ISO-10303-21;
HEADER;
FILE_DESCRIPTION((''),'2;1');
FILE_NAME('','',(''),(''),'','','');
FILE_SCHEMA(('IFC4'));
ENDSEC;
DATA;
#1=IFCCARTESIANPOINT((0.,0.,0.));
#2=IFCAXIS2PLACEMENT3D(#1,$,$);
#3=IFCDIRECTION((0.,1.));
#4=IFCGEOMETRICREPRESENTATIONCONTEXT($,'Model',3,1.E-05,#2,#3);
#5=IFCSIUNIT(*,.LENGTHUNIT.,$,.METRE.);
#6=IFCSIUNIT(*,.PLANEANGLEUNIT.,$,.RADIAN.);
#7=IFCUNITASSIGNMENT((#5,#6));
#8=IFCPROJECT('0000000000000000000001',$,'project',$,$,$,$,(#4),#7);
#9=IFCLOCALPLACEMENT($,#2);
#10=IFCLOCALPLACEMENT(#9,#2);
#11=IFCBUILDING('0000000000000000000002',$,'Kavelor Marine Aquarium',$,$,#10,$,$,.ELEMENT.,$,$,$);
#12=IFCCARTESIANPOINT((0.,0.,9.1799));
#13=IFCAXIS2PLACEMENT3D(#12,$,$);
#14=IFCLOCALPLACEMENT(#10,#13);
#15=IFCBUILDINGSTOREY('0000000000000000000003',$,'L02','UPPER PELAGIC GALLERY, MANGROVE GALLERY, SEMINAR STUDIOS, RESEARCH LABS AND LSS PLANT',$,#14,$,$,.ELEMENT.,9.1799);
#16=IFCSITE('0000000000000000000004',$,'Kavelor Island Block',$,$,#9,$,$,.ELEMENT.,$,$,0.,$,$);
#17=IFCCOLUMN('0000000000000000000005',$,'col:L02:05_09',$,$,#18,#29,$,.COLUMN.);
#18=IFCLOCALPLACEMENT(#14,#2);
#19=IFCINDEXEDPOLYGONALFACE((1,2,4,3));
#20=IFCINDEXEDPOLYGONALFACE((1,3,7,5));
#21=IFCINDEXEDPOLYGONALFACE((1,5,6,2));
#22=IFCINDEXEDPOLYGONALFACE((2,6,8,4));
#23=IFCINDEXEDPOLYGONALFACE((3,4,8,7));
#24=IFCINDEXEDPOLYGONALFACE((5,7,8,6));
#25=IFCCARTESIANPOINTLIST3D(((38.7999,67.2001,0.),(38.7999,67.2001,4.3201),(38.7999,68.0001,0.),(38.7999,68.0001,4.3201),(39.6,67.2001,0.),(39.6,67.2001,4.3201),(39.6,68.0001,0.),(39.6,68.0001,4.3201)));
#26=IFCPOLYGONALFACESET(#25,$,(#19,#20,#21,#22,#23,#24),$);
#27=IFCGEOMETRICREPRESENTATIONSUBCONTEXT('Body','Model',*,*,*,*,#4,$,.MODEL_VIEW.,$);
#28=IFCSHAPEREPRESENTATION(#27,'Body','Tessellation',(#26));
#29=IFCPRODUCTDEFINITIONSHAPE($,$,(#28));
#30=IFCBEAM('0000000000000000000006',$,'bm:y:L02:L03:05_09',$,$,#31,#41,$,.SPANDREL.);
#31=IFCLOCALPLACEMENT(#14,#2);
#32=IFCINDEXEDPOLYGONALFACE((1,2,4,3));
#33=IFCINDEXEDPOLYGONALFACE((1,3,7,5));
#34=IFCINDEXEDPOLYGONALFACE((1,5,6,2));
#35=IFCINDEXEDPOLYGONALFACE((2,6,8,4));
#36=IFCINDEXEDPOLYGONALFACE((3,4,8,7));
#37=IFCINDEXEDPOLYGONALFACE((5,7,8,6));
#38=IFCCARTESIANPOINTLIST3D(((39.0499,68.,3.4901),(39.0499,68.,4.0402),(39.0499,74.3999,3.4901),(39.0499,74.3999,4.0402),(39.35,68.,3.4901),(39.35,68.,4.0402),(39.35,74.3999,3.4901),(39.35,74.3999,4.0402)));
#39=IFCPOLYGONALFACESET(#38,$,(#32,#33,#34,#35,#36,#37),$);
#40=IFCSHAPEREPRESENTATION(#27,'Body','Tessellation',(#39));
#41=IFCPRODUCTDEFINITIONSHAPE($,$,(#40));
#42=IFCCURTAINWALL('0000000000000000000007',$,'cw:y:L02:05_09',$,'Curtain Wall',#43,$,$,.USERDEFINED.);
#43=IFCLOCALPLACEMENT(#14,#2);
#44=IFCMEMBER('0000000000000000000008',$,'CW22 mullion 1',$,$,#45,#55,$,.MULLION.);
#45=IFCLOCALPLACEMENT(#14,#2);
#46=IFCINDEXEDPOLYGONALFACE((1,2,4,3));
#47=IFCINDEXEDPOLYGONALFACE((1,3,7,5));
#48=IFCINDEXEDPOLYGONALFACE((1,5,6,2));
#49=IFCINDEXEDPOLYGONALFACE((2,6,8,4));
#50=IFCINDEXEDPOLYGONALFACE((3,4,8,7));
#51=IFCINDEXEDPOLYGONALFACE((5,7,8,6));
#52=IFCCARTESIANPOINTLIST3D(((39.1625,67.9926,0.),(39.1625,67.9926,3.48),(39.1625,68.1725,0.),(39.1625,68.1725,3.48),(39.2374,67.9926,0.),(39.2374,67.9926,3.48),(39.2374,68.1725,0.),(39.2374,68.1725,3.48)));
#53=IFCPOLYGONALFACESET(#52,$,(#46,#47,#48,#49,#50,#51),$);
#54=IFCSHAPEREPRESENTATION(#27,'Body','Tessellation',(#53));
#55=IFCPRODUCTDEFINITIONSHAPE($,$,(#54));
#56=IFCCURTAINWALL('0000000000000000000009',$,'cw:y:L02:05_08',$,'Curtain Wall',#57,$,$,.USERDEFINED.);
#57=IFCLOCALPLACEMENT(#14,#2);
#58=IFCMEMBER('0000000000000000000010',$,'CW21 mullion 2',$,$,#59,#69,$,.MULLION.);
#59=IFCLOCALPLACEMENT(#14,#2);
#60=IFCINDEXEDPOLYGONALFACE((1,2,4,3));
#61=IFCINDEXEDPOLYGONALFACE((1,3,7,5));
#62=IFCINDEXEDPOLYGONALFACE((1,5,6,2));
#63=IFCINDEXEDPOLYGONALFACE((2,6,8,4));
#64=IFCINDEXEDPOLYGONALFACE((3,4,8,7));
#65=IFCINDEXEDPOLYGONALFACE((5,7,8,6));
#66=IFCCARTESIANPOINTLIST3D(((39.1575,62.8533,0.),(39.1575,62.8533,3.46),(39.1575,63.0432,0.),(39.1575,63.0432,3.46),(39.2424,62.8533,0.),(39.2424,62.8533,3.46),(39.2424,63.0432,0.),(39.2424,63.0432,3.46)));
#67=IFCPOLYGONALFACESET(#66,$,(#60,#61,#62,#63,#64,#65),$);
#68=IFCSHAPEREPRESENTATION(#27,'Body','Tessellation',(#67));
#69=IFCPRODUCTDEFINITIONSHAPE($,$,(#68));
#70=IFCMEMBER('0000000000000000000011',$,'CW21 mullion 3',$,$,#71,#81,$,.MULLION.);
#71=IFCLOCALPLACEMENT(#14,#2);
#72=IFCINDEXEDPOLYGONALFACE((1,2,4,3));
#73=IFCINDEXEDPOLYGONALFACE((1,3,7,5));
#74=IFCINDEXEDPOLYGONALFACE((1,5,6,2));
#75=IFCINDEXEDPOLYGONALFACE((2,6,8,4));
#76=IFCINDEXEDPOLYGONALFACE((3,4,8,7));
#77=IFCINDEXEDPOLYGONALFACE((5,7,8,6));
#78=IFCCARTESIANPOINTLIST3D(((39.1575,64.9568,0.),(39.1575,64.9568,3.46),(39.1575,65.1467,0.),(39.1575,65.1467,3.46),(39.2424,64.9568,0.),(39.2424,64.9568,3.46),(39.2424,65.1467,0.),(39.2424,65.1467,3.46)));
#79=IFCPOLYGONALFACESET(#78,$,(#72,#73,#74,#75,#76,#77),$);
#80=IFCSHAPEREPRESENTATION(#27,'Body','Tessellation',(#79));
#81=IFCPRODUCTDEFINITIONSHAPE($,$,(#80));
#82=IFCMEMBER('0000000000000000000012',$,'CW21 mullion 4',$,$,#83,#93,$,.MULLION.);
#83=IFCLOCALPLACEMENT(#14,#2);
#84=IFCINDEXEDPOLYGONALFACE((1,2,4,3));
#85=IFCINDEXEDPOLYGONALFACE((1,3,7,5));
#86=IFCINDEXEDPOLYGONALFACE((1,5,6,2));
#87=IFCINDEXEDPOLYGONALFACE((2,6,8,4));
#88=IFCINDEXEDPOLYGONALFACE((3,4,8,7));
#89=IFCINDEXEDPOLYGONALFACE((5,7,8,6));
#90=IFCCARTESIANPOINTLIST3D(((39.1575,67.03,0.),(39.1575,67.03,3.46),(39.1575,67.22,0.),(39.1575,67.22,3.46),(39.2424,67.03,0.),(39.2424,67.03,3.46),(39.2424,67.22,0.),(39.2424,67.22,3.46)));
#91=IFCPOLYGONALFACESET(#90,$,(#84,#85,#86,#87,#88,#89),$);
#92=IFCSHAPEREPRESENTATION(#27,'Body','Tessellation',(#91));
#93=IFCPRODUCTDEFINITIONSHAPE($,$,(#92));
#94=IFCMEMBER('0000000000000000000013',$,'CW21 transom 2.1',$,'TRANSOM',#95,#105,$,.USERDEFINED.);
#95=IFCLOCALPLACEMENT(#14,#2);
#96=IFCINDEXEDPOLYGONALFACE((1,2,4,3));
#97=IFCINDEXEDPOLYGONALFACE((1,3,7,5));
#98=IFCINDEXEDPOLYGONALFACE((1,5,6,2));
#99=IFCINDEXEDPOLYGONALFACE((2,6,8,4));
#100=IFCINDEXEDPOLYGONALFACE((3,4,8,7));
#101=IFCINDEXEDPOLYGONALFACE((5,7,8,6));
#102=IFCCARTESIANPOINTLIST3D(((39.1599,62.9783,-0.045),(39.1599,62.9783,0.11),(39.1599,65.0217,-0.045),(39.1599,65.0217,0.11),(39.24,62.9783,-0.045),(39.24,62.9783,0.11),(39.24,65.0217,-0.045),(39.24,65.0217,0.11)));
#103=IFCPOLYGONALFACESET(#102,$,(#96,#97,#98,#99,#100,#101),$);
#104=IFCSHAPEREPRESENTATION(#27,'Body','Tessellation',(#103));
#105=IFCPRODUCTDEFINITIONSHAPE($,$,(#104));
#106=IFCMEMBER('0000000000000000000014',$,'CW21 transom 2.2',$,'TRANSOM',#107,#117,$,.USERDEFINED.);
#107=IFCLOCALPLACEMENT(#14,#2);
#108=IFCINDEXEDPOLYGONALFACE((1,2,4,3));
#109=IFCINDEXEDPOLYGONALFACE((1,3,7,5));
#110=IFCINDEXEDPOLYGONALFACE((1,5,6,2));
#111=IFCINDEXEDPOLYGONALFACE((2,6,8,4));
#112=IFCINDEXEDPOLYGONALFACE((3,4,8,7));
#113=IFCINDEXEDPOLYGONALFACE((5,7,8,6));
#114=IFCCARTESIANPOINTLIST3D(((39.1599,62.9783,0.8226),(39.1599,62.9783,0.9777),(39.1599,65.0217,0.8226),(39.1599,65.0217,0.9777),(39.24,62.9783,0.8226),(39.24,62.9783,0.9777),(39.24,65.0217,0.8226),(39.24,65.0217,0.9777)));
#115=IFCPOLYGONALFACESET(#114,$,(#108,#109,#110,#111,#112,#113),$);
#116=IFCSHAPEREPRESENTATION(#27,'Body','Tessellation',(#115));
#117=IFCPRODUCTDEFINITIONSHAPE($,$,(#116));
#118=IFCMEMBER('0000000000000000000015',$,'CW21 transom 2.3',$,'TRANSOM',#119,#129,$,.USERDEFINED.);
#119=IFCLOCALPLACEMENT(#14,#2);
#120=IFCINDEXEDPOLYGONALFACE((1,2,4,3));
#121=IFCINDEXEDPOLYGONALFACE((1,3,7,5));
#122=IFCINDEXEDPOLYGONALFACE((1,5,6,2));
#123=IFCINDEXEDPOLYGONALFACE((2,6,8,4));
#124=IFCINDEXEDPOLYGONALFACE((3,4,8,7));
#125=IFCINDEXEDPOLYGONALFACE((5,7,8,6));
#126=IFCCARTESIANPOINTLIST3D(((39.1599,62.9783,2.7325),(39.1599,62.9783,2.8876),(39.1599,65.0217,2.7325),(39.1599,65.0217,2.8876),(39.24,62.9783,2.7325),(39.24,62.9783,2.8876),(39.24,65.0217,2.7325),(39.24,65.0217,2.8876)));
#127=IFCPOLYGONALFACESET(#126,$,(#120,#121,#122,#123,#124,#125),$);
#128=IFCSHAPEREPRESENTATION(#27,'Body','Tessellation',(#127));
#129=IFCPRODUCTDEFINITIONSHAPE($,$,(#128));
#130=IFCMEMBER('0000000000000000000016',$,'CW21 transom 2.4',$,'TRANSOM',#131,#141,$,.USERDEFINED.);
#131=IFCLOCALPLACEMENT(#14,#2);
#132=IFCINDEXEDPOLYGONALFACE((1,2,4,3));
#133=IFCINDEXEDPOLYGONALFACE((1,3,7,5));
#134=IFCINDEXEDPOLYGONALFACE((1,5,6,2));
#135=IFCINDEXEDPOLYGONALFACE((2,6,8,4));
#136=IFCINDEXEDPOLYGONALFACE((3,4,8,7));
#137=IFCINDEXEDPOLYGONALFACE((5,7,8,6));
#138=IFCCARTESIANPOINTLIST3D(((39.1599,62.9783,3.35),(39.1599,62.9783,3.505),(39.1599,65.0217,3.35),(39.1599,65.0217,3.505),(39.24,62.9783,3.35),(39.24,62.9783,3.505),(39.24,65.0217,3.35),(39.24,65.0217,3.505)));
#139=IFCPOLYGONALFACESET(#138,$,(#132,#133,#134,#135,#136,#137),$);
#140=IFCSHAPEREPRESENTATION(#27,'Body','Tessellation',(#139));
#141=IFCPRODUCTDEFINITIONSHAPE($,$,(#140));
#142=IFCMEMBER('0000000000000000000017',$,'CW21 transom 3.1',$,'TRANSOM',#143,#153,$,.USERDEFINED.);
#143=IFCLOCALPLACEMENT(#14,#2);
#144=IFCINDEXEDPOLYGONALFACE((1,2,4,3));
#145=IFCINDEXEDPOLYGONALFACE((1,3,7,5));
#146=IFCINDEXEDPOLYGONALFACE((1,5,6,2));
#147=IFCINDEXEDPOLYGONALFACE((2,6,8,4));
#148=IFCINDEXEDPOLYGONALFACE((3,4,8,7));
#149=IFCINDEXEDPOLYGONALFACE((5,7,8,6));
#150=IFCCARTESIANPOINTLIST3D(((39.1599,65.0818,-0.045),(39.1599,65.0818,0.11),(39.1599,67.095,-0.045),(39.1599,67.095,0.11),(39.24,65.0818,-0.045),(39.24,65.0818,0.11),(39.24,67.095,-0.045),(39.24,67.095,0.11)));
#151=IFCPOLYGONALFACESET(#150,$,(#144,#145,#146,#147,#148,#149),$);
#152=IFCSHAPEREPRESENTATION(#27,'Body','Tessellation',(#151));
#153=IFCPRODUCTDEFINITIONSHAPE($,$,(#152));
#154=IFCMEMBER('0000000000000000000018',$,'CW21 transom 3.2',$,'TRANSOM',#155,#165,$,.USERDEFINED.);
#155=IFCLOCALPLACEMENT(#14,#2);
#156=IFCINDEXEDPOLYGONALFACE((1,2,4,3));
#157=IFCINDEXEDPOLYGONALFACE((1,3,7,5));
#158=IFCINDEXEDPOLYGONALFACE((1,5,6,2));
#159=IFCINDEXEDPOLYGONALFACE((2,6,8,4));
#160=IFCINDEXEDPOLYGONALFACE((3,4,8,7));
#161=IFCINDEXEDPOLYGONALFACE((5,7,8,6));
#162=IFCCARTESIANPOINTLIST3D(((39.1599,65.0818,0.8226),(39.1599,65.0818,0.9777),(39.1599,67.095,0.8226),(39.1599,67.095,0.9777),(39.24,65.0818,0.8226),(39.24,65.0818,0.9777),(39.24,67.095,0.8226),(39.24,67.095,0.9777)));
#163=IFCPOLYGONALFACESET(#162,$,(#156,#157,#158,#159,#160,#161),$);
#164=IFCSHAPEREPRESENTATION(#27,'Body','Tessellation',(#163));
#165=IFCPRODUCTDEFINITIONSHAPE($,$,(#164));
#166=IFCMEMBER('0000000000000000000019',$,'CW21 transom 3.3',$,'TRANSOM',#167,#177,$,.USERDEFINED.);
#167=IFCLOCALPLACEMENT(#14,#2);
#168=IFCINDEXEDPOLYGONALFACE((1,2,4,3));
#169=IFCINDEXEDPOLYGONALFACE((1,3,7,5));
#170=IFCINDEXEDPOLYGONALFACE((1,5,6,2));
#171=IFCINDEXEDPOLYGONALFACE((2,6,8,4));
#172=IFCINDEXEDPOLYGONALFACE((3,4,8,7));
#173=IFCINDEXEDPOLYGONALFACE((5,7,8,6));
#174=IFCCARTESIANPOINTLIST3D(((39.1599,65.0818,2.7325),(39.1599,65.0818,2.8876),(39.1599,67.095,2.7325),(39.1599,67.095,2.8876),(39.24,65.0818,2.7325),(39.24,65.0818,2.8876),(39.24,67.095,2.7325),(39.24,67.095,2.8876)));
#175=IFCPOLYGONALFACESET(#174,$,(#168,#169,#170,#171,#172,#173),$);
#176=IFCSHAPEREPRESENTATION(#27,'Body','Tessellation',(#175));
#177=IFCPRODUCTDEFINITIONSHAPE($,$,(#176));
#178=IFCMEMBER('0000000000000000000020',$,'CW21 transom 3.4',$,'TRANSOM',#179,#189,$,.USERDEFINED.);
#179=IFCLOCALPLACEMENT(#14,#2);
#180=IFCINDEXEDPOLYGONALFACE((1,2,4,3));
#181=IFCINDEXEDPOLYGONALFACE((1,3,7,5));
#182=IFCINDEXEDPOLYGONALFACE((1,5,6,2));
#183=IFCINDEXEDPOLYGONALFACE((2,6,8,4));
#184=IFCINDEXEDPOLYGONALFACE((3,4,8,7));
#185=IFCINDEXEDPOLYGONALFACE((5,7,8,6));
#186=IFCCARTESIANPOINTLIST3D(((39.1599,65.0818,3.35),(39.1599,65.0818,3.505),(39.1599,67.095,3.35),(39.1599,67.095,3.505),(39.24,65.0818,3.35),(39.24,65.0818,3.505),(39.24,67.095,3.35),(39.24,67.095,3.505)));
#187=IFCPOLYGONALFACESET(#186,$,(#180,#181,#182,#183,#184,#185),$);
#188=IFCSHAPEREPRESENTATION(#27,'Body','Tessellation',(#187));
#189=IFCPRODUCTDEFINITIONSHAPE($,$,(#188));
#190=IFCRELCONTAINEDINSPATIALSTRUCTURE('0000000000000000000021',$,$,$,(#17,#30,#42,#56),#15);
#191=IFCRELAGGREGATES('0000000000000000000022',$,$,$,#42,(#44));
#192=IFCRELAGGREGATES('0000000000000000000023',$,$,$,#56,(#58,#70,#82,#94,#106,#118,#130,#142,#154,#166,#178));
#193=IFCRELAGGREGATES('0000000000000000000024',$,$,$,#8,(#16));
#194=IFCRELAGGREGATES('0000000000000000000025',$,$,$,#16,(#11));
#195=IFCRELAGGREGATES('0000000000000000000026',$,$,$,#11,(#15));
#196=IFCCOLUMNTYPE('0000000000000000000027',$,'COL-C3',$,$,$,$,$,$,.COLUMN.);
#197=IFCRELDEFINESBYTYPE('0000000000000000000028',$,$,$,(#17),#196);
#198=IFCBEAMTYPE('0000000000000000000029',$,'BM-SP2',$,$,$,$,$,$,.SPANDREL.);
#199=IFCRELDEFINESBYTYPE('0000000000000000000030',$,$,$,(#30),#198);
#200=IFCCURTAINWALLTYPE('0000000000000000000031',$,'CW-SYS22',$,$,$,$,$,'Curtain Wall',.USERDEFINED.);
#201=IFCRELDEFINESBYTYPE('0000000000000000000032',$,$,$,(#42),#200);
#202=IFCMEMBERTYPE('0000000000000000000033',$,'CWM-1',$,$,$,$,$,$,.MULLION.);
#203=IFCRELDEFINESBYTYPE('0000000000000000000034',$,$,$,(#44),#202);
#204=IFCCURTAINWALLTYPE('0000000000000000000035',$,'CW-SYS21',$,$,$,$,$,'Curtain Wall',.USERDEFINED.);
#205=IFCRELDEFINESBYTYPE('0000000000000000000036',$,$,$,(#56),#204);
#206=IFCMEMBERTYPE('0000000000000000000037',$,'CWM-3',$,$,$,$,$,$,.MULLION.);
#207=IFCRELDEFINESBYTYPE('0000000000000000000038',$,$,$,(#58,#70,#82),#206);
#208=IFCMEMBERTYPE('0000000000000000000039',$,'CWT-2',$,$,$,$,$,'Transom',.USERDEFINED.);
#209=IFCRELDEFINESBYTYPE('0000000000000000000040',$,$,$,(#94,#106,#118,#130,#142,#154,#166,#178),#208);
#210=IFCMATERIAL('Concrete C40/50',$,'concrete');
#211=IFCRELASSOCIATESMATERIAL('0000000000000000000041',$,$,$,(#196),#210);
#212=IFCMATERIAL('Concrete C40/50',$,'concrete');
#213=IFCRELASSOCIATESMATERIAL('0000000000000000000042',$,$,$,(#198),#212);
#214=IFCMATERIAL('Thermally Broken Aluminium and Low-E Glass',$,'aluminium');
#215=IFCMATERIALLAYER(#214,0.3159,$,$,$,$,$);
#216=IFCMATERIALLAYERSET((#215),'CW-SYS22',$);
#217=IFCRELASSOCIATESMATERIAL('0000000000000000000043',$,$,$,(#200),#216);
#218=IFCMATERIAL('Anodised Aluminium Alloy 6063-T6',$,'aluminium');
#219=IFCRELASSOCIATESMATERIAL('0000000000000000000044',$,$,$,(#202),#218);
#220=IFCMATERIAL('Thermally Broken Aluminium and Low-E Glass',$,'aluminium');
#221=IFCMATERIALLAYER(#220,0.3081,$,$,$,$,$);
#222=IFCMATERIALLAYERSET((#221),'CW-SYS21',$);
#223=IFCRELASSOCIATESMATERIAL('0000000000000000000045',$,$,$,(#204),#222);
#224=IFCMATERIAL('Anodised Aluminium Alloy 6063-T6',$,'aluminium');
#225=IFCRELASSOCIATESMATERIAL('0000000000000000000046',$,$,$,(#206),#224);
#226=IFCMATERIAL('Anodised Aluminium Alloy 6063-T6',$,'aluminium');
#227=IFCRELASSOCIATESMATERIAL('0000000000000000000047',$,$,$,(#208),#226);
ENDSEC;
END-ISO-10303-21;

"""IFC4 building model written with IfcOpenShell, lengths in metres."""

from ifc_helpers import new_model, si_unit, direction, frame, origin, origin_2d, place, context, subcontext, project, spatial, rectangle, extrude, material, layer, layer_set, material_profile, profile_set, type_object, element, aggregate, save


model = new_model("IFC4")

# Units and contexts
model_context = context("Model", 3, precision=1e-05, world=origin(), true_north=direction((0.0, 1.0)))
body_context = subcontext(model_context, "Body", "Model", "MODEL_VIEW")
ifc_project = project(units=[si_unit("LENGTHUNIT", "METRE"), si_unit("PLANEANGLEUNIT", "RADIAN")], contexts=[model_context])

# Site, building, storey
site_placement = place(None, origin())
site = spatial("IfcSite", under=ifc_project, at=site_placement, Name="Kavelor Island Block", CompositionType="ELEMENT", RefElevation=0.0)
building_placement = place(site_placement, origin())
building = spatial("IfcBuilding", under=site, at=building_placement, Name="Kavelor Marine Aquarium", CompositionType="ELEMENT")
storey_placement = place(building_placement, frame((0.0, 0.0, 9.1799)))
storey = spatial("IfcBuildingStorey", under=building, at=storey_placement, Name="L02", Description="UPPER PELAGIC GALLERY, MANGROVE GALLERY, SEMINAR STUDIOS, RESEARCH LABS AND LSS PLANT", CompositionType="ELEMENT", Elevation=9.1799)

# Column
ifc_material_1 = material(Name="Concrete C40/50", Category="concrete")
ifc_material_profile_1 = material_profile(ifc_material_1, rectangle(XDim=0.8, YDim=0.8, at=origin_2d()), Name="RC-COL 800x800")
ifc_profile_set_1 = profile_set([ifc_material_profile_1], Name="Concrete C40/50")
column_type = type_object("IfcColumnType", Name="COL-C3", PredefinedType="COLUMN", material=ifc_profile_set_1)
column_placement = place(storey_placement, frame((39.2, 67.6001, 0.0), z_axis=(0.0, 0.0, 1.0), x_axis=(1.0, 0.0, 0.0)))
element("IfcColumn", 1, at=column_placement, inside=storey, type_object=column_type, Name="col:L02:05_09", PredefinedType="COLUMN", context=body_context, shape_type="SweptSolid", body=[
    extrude(rectangle(XDim=0.8, YDim=0.8, at=origin_2d()), origin(), (0.0, 0.0, 1.0), 4.3201),
])

# Beam
ifc_material_2 = material(Name="Concrete C40/50", Category="concrete")
ifc_material_profile_2 = material_profile(ifc_material_2, rectangle(XDim=0.3, YDim=0.55, at=origin_2d()), Name="RC-SP 300x550")
ifc_profile_set_2 = profile_set([ifc_material_profile_2], Name="Concrete C40/50")
beam_type = type_object("IfcBeamType", Name="BM-SP2", PredefinedType="SPANDREL", material=ifc_profile_set_2)
beam_placement = place(storey_placement, frame((39.2, 68.0, 3.7651), z_axis=(0.0, 1.0, 0.0), x_axis=(-1.0, 0.0, 0.0)))
element("IfcBeam", 2, at=beam_placement, inside=storey, type_object=beam_type, Name="bm:y:L02:L03:05_09", PredefinedType="SPANDREL", context=body_context, shape_type="SweptSolid", body=[
    extrude(rectangle(XDim=0.3, YDim=0.55, at=origin_2d()), origin(), (0.0, 0.0, 1.0), 6.3999),
])

# Curtain wall, member
ifc_material_3 = material(Name="Thermally Broken Aluminium and Low-E Glass", Category="aluminium")
ifc_layer_1 = layer(ifc_material_3, 0.3159)
ifc_layer_set_1 = layer_set([ifc_layer_1], Name="CW-SYS22")
curtain_wall_type_1 = type_object("IfcCurtainWallType", Name="CW-SYS22", ElementType="Curtain Wall", PredefinedType="USERDEFINED", material=ifc_layer_set_1)
curtain_wall_1_placement = place(storey_placement, origin())
curtain_wall_1 = element("IfcCurtainWall", 3, at=curtain_wall_1_placement, inside=storey, type_object=curtain_wall_type_1, Name="cw:y:L02:05_09", ObjectType="Curtain Wall", PredefinedType="USERDEFINED")
ifc_material_4 = material(Name="Anodised Aluminium Alloy 6063-T6", Category="aluminium")
ifc_material_profile_3 = material_profile(ifc_material_4, rectangle(XDim=0.075, YDim=0.1799, at=origin_2d()), Name="CW-MUL 75x180")
ifc_profile_set_3 = profile_set([ifc_material_profile_3], Name="Anodised Aluminium Alloy 6063-T6")
member_type_1 = type_object("IfcMemberType", Name="CWM-1", PredefinedType="MULLION", material=ifc_profile_set_3)
member_1_placement = place(storey_placement, frame((39.2, 68.0825, 0.0), z_axis=(0.0, 0.0, 1.0), x_axis=(-1.0, 0.0, 0.0)))
member_1 = element("IfcMember", 4, at=member_1_placement, type_object=member_type_1, Name="CW22 mullion 1", PredefinedType="MULLION", context=body_context, shape_type="SweptSolid", body=[
    extrude(rectangle(XDim=0.075, YDim=0.1799, at=origin_2d()), origin(), (0.0, 0.0, 1.0), 3.48),
])

# Curtain wall, members
ifc_material_5 = material(Name="Thermally Broken Aluminium and Low-E Glass", Category="aluminium")
ifc_layer_2 = layer(ifc_material_5, 0.3081)
ifc_layer_set_2 = layer_set([ifc_layer_2], Name="CW-SYS21")
curtain_wall_type_2 = type_object("IfcCurtainWallType", Name="CW-SYS21", ElementType="Curtain Wall", PredefinedType="USERDEFINED", material=ifc_layer_set_2)
curtain_wall_2_placement = place(storey_placement, origin())
curtain_wall_2 = element("IfcCurtainWall", 5, at=curtain_wall_2_placement, inside=storey, type_object=curtain_wall_type_2, Name="cw:y:L02:05_08", ObjectType="Curtain Wall", PredefinedType="USERDEFINED")
ifc_material_6 = material(Name="Anodised Aluminium Alloy 6063-T6", Category="aluminium")
ifc_material_profile_4 = material_profile(ifc_material_6, rectangle(XDim=0.085, YDim=0.1899, at=origin_2d()), Name="CW-MUL 85x190")
ifc_profile_set_4 = profile_set([ifc_material_profile_4], Name="Anodised Aluminium Alloy 6063-T6")
member_type_2 = type_object("IfcMemberType", Name="CWM-3", PredefinedType="MULLION", material=ifc_profile_set_4)
member_2_placement = place(storey_placement, frame((39.2, 62.9482, 0.0), z_axis=(0.0, 0.0, 1.0), x_axis=(-1.0, 0.0, 0.0)))
member_2 = element("IfcMember", 6, at=member_2_placement, type_object=member_type_2, Name="CW21 mullion 2", PredefinedType="MULLION", context=body_context, shape_type="SweptSolid", body=[
    extrude(rectangle(XDim=0.085, YDim=0.1899, at=origin_2d()), origin(), (0.0, 0.0, 1.0), 3.46),
])
member_3_placement = place(storey_placement, frame((39.2, 65.0518, 0.0), z_axis=(0.0, 0.0, 1.0), x_axis=(-1.0, 0.0, 0.0)))
member_3 = element("IfcMember", 7, at=member_3_placement, type_object=member_type_2, Name="CW21 mullion 3", PredefinedType="MULLION", context=body_context, shape_type="SweptSolid", body=[
    extrude(rectangle(XDim=0.085, YDim=0.1899, at=origin_2d()), origin(), (0.0, 0.0, 1.0), 3.46),
])
member_4_placement = place(storey_placement, frame((39.2, 67.125, 0.0), z_axis=(0.0, 0.0, 1.0), x_axis=(-1.0, 0.0, 0.0)))
member_4 = element("IfcMember", 8, at=member_4_placement, type_object=member_type_2, Name="CW21 mullion 4", PredefinedType="MULLION", context=body_context, shape_type="SweptSolid", body=[
    extrude(rectangle(XDim=0.085, YDim=0.1899, at=origin_2d()), origin(), (0.0, 0.0, 1.0), 3.46),
])
ifc_material_7 = material(Name="Anodised Aluminium Alloy 6063-T6", Category="aluminium")
ifc_material_profile_5 = material_profile(ifc_material_7, rectangle(XDim=0.0801, YDim=0.155, at=origin_2d()), Name="CW-TRN 80x155")
ifc_profile_set_5 = profile_set([ifc_material_profile_5], Name="Anodised Aluminium Alloy 6063-T6")
member_type_3 = type_object("IfcMemberType", Name="CWT-2", ElementType="Transom", PredefinedType="USERDEFINED", material=ifc_profile_set_5)
member_5_placement = place(storey_placement, frame((39.2, 62.9783, 0.0325), z_axis=(0.0, 1.0, 0.0), x_axis=(-1.0, 0.0, 0.0)))
member_5 = element("IfcMember", 9, at=member_5_placement, type_object=member_type_3, Name="CW21 transom 2.1", ObjectType="TRANSOM", PredefinedType="USERDEFINED", context=body_context, shape_type="SweptSolid", body=[
    extrude(rectangle(XDim=0.0801, YDim=0.155, at=origin_2d()), origin(), (0.0, 0.0, 1.0), 2.0435),
])
member_6_placement = place(storey_placement, frame((39.2, 62.9783, 0.9001), z_axis=(0.0, 1.0, 0.0), x_axis=(-1.0, 0.0, 0.0)))
member_6 = element("IfcMember", 10, at=member_6_placement, type_object=member_type_3, Name="CW21 transom 2.2", ObjectType="TRANSOM", PredefinedType="USERDEFINED", context=body_context, shape_type="SweptSolid", body=[
    extrude(rectangle(XDim=0.0801, YDim=0.155, at=origin_2d()), origin(), (0.0, 0.0, 1.0), 2.0435),
])
member_7_placement = place(storey_placement, frame((39.2, 62.9783, 2.8101), z_axis=(0.0, 1.0, 0.0), x_axis=(-1.0, 0.0, 0.0)))
member_7 = element("IfcMember", 11, at=member_7_placement, type_object=member_type_3, Name="CW21 transom 2.3", ObjectType="TRANSOM", PredefinedType="USERDEFINED", context=body_context, shape_type="SweptSolid", body=[
    extrude(rectangle(XDim=0.0801, YDim=0.155, at=origin_2d()), origin(), (0.0, 0.0, 1.0), 2.0435),
])
member_8_placement = place(storey_placement, frame((39.2, 62.9783, 3.4275), z_axis=(0.0, 1.0, 0.0), x_axis=(-1.0, 0.0, 0.0)))
member_8 = element("IfcMember", 12, at=member_8_placement, type_object=member_type_3, Name="CW21 transom 2.4", ObjectType="TRANSOM", PredefinedType="USERDEFINED", context=body_context, shape_type="SweptSolid", body=[
    extrude(rectangle(XDim=0.0801, YDim=0.155, at=origin_2d()), origin(), (0.0, 0.0, 1.0), 2.0435),
])
member_9_placement = place(storey_placement, frame((39.2, 65.0818, 0.0325), z_axis=(0.0, 1.0, 0.0), x_axis=(-1.0, 0.0, 0.0)))
member_9 = element("IfcMember", 13, at=member_9_placement, type_object=member_type_3, Name="CW21 transom 3.1", ObjectType="TRANSOM", PredefinedType="USERDEFINED", context=body_context, shape_type="SweptSolid", body=[
    extrude(rectangle(XDim=0.0801, YDim=0.155, at=origin_2d()), origin(), (0.0, 0.0, 1.0), 2.0132),
])
member_10_placement = place(storey_placement, frame((39.2, 65.0818, 0.9001), z_axis=(0.0, 1.0, 0.0), x_axis=(-1.0, 0.0, 0.0)))
member_10 = element("IfcMember", 14, at=member_10_placement, type_object=member_type_3, Name="CW21 transom 3.2", ObjectType="TRANSOM", PredefinedType="USERDEFINED", context=body_context, shape_type="SweptSolid", body=[
    extrude(rectangle(XDim=0.0801, YDim=0.155, at=origin_2d()), origin(), (0.0, 0.0, 1.0), 2.0132),
])
member_11_placement = place(storey_placement, frame((39.2, 65.0818, 2.8101), z_axis=(0.0, 1.0, 0.0), x_axis=(-1.0, 0.0, 0.0)))
member_11 = element("IfcMember", 15, at=member_11_placement, type_object=member_type_3, Name="CW21 transom 3.3", ObjectType="TRANSOM", PredefinedType="USERDEFINED", context=body_context, shape_type="SweptSolid", body=[
    extrude(rectangle(XDim=0.0801, YDim=0.155, at=origin_2d()), origin(), (0.0, 0.0, 1.0), 2.0132),
])
member_12_placement = place(storey_placement, frame((39.2, 65.0818, 3.4275), z_axis=(0.0, 1.0, 0.0), x_axis=(-1.0, 0.0, 0.0)))
member_12 = element("IfcMember", 16, at=member_12_placement, type_object=member_type_3, Name="CW21 transom 3.4", ObjectType="TRANSOM", PredefinedType="USERDEFINED", context=body_context, shape_type="SweptSolid", body=[
    extrude(rectangle(XDim=0.0801, YDim=0.155, at=origin_2d()), origin(), (0.0, 0.0, 1.0), 2.0132),
])

aggregate(curtain_wall_1, [member_1])

aggregate(curtain_wall_2, [member_2, member_3, member_4, member_5, member_6, member_7, member_8, member_9, member_10, member_11, member_12])

save(model, "model.ifc")
